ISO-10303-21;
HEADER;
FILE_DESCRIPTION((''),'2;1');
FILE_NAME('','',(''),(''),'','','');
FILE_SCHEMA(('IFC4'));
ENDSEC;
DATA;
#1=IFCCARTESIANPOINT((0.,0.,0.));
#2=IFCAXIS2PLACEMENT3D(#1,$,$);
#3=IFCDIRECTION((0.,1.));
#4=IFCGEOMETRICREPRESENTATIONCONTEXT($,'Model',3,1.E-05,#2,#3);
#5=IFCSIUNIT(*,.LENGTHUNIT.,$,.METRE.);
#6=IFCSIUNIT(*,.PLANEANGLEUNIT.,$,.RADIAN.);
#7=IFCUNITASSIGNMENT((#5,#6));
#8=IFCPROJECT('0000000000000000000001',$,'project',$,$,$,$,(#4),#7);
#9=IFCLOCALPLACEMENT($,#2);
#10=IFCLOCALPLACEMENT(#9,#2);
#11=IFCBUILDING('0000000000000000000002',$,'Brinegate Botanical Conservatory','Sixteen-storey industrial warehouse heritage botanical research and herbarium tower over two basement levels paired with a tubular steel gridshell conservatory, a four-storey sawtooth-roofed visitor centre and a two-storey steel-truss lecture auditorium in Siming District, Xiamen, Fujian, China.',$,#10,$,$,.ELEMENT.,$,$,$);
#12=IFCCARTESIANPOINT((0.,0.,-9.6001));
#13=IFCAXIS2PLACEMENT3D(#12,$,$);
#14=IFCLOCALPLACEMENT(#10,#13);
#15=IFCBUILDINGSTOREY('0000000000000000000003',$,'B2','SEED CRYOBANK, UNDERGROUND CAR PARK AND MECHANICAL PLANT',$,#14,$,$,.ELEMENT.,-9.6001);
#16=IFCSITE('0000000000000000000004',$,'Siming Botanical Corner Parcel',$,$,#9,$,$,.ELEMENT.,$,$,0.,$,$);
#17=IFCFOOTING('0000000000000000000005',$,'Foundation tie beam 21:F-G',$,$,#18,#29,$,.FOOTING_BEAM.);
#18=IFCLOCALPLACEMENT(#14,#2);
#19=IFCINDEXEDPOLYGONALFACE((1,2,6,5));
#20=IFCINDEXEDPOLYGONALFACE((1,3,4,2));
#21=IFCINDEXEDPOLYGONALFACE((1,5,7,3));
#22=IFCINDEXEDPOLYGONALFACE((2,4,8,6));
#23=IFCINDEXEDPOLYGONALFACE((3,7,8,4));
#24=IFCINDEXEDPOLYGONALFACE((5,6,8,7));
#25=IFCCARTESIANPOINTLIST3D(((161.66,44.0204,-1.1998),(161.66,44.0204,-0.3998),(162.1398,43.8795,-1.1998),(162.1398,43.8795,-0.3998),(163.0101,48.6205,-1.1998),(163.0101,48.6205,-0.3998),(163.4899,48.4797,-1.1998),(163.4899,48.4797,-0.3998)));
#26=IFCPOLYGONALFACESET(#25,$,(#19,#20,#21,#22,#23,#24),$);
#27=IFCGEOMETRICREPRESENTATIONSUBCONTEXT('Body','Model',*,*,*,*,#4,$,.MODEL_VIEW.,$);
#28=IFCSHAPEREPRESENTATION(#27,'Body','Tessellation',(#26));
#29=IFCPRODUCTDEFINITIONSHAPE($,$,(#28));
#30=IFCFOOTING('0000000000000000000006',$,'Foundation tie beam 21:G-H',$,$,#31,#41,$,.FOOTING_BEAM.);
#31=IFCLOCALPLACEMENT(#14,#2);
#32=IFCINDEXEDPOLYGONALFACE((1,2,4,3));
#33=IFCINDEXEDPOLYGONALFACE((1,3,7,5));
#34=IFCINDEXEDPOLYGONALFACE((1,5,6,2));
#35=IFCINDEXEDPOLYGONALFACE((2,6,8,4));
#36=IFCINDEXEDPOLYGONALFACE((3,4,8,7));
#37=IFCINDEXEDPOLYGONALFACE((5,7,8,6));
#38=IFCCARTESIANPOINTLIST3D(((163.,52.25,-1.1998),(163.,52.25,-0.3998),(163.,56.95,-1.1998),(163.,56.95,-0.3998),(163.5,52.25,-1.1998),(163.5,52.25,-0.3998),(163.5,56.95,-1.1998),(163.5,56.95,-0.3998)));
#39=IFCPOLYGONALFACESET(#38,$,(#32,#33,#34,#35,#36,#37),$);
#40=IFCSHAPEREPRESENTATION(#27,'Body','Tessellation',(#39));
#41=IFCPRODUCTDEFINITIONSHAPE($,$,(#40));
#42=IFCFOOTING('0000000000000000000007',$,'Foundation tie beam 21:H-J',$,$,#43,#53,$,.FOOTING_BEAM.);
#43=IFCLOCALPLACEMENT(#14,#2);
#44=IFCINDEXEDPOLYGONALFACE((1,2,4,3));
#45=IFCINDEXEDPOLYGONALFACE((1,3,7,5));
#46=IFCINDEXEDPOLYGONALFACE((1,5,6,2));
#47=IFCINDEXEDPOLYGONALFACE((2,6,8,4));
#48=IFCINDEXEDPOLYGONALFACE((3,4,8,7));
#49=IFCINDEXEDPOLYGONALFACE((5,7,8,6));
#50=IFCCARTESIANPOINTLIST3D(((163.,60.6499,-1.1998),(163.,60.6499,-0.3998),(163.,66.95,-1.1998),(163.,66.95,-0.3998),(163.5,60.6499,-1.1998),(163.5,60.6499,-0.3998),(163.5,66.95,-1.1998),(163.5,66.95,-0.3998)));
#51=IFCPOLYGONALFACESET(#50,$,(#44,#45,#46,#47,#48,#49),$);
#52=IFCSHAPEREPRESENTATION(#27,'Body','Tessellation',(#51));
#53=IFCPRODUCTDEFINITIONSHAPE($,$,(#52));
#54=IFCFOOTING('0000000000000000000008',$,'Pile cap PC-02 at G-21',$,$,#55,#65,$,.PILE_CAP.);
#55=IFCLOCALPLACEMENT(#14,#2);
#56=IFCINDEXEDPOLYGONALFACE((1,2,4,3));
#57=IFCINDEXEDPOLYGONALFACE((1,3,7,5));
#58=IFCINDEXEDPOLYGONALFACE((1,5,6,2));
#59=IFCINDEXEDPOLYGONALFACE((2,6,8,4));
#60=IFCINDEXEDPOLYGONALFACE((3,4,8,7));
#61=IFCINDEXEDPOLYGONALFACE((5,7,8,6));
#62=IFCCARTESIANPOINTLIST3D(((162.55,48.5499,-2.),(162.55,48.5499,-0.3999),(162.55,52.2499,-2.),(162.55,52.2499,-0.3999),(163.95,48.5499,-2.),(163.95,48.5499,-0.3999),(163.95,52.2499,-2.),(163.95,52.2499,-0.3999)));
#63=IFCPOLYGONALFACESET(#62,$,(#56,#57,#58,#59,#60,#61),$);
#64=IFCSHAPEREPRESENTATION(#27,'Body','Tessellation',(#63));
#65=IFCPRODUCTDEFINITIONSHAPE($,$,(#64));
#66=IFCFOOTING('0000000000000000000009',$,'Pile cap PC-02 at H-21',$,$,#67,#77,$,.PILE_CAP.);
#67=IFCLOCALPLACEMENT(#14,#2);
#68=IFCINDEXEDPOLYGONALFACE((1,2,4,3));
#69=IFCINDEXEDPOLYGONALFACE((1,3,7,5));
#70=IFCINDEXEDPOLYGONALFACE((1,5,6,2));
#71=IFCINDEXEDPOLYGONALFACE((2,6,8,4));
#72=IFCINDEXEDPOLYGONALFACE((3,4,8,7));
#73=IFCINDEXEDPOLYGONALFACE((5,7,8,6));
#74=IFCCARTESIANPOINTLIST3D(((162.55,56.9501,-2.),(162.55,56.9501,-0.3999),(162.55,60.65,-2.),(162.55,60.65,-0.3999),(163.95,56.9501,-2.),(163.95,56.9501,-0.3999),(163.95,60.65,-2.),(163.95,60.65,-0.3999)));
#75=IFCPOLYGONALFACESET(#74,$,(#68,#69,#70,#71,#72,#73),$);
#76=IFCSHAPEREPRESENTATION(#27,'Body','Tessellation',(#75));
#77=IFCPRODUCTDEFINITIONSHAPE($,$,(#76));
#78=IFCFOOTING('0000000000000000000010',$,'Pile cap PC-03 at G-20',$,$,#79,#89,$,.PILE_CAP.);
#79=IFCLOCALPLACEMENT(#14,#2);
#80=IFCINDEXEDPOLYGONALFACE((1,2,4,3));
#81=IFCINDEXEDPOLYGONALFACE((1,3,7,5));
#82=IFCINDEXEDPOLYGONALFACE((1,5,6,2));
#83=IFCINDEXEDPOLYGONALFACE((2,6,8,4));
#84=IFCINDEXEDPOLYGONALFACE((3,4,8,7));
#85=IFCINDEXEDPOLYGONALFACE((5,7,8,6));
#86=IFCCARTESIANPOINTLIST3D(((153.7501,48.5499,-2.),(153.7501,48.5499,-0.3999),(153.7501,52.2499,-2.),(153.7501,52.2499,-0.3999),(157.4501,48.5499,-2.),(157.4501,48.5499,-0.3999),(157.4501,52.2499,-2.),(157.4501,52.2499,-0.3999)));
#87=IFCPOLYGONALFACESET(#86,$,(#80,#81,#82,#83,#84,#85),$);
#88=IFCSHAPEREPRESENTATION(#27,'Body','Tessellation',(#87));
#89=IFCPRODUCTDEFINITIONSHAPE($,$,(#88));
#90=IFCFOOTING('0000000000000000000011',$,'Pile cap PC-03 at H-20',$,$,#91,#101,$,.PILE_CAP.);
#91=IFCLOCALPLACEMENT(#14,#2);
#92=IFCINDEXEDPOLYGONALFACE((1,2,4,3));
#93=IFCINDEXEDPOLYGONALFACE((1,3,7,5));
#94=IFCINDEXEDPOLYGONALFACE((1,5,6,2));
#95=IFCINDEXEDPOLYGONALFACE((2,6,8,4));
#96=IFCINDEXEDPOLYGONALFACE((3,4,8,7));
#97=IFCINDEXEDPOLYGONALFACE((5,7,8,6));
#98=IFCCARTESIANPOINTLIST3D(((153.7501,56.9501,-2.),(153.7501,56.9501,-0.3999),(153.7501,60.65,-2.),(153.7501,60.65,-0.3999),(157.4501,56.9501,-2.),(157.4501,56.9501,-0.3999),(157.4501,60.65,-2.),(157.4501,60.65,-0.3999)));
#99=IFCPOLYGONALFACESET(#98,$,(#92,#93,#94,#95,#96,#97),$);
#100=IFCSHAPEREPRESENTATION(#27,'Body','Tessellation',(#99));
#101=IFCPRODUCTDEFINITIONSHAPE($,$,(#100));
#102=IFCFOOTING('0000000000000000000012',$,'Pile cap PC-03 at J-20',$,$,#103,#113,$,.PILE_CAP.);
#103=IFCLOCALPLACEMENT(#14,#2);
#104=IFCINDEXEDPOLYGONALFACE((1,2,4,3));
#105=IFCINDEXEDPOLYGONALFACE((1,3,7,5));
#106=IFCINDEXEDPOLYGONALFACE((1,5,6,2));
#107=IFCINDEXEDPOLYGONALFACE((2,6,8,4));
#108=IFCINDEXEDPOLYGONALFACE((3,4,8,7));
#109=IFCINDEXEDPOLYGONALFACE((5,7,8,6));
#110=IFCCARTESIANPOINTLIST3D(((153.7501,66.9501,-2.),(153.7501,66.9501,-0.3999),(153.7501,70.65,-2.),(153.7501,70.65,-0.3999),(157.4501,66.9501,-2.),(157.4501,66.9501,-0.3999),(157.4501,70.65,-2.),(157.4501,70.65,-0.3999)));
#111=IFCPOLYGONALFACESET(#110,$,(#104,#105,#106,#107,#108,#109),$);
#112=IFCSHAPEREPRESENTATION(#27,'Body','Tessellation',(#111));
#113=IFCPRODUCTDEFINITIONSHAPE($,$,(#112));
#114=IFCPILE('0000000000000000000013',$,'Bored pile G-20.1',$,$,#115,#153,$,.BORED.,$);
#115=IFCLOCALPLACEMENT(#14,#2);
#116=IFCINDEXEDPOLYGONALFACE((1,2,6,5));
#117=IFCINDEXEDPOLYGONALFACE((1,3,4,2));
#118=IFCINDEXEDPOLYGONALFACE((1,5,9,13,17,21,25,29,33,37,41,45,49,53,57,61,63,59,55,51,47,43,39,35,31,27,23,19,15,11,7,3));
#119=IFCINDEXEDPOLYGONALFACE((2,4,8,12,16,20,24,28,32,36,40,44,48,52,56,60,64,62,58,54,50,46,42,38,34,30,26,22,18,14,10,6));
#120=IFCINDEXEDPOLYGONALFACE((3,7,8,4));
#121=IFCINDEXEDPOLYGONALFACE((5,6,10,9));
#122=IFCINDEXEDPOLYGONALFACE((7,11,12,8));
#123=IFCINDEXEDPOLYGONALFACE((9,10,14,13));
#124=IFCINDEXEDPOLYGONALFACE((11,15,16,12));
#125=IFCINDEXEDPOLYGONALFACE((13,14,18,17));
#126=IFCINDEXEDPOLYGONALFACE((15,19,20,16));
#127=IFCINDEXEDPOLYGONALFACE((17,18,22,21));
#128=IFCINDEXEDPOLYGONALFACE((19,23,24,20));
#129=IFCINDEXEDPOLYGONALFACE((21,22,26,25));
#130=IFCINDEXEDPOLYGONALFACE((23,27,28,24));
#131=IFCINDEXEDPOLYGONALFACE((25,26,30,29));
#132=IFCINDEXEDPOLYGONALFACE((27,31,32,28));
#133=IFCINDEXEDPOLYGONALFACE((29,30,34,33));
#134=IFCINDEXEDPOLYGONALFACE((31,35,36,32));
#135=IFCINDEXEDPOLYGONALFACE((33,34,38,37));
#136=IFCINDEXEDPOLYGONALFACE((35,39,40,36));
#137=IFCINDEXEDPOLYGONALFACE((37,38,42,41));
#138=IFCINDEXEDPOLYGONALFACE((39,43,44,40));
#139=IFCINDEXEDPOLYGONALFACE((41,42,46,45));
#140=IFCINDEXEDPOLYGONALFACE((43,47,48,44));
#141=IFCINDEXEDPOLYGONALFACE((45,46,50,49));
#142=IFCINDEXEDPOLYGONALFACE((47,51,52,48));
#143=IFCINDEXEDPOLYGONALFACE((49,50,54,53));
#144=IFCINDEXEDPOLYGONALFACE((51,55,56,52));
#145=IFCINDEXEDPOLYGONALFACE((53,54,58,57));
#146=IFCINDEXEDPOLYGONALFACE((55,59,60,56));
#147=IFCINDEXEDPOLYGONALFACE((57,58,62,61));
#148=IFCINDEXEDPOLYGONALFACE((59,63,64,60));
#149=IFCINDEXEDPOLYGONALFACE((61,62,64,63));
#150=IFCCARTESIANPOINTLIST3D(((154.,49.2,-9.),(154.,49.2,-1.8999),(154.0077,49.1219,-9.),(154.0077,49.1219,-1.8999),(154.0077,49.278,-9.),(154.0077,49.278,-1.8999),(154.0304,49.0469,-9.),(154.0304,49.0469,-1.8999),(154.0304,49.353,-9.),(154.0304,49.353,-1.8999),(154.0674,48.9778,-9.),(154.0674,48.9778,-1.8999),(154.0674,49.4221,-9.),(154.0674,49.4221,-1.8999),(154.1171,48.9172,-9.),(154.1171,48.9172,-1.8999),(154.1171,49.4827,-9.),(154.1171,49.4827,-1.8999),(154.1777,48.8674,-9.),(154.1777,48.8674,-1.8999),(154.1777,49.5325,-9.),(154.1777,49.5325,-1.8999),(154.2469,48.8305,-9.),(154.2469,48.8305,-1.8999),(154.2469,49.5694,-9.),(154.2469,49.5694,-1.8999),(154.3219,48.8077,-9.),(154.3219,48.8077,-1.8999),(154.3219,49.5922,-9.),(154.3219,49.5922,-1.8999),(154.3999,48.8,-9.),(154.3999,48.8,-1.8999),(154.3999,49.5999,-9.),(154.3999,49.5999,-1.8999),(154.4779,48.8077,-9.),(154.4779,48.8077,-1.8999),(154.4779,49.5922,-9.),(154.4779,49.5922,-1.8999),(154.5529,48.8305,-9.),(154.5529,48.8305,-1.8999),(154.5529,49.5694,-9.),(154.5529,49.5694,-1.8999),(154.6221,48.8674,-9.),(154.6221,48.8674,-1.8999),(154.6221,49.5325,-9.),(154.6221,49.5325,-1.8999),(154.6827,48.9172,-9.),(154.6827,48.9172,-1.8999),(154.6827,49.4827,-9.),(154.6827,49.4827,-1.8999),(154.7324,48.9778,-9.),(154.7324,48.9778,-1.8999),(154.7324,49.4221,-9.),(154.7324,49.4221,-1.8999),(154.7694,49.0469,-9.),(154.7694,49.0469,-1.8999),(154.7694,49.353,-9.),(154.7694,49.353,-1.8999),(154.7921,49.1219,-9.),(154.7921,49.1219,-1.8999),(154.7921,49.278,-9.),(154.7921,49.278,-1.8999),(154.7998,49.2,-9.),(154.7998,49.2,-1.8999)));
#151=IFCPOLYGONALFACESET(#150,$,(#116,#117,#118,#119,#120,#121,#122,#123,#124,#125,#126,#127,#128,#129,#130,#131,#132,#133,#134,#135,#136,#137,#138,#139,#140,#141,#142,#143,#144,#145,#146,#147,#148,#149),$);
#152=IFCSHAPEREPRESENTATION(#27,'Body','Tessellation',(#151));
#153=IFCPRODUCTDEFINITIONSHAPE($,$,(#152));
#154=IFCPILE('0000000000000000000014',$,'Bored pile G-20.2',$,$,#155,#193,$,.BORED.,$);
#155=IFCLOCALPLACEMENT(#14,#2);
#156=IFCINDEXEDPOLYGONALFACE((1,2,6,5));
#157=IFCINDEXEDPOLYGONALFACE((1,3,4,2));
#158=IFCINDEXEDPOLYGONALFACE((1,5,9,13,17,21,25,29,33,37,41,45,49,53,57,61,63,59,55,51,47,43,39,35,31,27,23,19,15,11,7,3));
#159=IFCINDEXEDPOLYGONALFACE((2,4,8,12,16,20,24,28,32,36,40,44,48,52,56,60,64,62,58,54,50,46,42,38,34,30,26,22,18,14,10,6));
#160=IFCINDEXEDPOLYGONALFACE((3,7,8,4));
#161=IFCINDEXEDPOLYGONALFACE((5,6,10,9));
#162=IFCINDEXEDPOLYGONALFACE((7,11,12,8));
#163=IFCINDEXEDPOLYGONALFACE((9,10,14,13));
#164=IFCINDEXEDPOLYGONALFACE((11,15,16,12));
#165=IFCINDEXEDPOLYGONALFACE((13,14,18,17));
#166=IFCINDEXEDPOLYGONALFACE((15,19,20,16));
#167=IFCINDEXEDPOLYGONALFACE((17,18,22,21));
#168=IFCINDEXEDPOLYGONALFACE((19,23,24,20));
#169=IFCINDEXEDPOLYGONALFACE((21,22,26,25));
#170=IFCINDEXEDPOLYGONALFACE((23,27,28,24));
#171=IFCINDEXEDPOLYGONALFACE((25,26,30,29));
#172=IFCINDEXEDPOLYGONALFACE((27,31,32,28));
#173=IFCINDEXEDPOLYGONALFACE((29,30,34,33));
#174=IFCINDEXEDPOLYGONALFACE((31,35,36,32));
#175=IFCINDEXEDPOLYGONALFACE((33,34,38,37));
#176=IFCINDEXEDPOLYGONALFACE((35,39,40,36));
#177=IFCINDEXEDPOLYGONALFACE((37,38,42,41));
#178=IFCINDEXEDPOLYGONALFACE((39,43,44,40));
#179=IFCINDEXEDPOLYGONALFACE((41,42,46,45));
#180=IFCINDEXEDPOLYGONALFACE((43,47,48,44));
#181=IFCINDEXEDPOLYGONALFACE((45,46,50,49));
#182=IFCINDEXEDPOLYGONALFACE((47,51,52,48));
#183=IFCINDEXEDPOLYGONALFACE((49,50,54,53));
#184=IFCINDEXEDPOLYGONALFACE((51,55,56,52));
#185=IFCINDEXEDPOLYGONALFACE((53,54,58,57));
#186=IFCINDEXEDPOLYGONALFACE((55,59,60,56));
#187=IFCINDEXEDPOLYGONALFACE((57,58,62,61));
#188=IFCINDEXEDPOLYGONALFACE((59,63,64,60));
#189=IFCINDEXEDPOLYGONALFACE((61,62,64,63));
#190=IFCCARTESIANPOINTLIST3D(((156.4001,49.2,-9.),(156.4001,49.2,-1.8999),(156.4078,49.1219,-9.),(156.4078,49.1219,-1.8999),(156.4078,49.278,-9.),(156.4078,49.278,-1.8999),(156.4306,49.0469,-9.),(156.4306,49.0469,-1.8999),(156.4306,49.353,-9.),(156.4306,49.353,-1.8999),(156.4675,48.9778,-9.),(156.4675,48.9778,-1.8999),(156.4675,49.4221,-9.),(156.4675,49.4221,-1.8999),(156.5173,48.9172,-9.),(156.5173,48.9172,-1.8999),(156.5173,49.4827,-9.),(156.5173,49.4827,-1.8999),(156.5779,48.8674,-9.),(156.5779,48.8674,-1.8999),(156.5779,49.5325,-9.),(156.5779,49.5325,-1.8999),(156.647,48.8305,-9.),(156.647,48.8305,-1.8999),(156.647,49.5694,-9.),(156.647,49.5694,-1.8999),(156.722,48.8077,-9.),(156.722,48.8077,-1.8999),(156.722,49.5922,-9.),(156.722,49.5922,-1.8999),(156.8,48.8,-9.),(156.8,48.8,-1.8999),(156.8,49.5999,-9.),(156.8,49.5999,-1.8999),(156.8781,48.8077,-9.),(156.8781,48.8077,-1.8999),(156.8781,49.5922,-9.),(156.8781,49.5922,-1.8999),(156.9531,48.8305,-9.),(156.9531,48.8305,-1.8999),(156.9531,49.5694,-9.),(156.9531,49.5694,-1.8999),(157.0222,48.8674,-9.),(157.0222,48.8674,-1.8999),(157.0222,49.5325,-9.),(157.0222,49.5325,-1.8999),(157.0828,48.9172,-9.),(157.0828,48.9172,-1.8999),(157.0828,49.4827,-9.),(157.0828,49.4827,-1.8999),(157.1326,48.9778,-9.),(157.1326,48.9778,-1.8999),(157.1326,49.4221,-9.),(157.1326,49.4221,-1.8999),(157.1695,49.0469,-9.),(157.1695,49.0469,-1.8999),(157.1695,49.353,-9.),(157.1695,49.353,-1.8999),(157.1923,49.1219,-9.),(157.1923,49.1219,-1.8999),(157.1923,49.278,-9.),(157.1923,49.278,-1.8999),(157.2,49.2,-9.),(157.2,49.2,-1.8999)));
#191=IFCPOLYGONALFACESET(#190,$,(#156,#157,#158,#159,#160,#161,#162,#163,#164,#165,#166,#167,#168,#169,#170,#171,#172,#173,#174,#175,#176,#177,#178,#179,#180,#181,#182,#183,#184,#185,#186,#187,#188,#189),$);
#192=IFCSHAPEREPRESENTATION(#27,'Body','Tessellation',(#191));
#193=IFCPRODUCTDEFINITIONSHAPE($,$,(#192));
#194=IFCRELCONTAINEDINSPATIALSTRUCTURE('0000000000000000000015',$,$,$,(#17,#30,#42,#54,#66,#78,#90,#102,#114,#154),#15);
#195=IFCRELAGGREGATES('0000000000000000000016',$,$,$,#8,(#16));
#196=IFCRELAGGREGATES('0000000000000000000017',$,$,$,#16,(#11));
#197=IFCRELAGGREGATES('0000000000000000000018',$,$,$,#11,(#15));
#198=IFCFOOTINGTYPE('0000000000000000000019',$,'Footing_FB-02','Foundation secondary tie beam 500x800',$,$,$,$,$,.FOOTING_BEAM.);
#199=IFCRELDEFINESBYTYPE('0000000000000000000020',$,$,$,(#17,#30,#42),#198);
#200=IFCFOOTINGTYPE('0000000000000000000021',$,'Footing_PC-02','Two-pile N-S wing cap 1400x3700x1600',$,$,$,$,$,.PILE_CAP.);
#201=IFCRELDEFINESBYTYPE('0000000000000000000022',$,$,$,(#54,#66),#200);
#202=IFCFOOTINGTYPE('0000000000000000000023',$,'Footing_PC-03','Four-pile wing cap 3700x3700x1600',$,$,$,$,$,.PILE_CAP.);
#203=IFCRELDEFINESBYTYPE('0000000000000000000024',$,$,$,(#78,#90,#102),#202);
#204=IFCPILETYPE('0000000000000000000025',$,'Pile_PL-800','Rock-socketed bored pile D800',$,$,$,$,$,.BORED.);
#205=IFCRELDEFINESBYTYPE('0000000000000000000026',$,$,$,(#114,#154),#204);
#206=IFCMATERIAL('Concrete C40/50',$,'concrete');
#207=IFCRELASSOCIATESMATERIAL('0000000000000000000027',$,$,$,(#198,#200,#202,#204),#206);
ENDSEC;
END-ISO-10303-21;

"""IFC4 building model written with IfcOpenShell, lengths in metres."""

from ifc_helpers import new_model, si_unit, direction, frame, origin, origin_2d, place, context, subcontext, project, spatial, rectangle, circle, extrude, material, material_profile, profile_set, type_object, element, save


model = new_model("IFC4")

# Units and contexts
model_context = context("Model", 3, precision=1e-05, world=origin(), true_north=direction((0.0, 1.0)))
body_context = subcontext(model_context, "Body", "Model", "MODEL_VIEW")
ifc_project = project(units=[si_unit("LENGTHUNIT", "METRE"), si_unit("PLANEANGLEUNIT", "RADIAN")], contexts=[model_context])

# Site, building, storey
site_placement = place(None, origin())
site = spatial("IfcSite", under=ifc_project, at=site_placement, Name="Siming Botanical Corner Parcel", CompositionType="ELEMENT", RefElevation=0.0)
building_placement = place(site_placement, origin())
building = spatial("IfcBuilding", under=site, at=building_placement, Name="Brinegate Botanical Conservatory", Description="Sixteen-storey industrial warehouse heritage botanical research and herbarium tower over two basement levels paired with a tubular steel gridshell conservatory, a four-storey sawtooth-roofed visitor centre and a two-storey steel-truss lecture auditorium in Siming District, Xiamen, Fujian, China.", CompositionType="ELEMENT")
storey_placement = place(building_placement, frame((0.0, 0.0, -9.6001)))
storey = spatial("IfcBuildingStorey", under=building, at=storey_placement, Name="B2", Description="SEED CRYOBANK, UNDERGROUND CAR PARK AND MECHANICAL PLANT", CompositionType="ELEMENT", Elevation=-9.6001)

# Footings
ifc_material = material(Name="Concrete C40/50", Category="concrete")
ifc_material_profile_1 = material_profile(ifc_material, rectangle(XDim=0.5, YDim=0.8, at=origin_2d()), Name="RC GB 500x800")
ifc_profile_set_1 = profile_set([ifc_material_profile_1], Name="Concrete C40/50")
footing_type_1 = type_object("IfcFootingType", Name="Footing_FB-02", Description="Foundation secondary tie beam 500x800", PredefinedType="FOOTING_BEAM", material=ifc_profile_set_1)
footing_1_placement = place(storey_placement, frame((161.8999, 43.95, -0.7998), z_axis=(0.281615, 0.959528, 0.0), x_axis=(-0.959528, 0.281615, 0.0)))
element("IfcFooting", 1, at=footing_1_placement, inside=storey, type_object=footing_type_1, Name="Foundation tie beam 21:F-G", PredefinedType="FOOTING_BEAM", context=body_context, shape_type="SweptSolid", body=[
    extrude(rectangle(XDim=0.5, YDim=0.8, at=origin_2d()), origin(), (0.0, 0.0, 1.0), 4.7942),
])
footing_2_placement = place(storey_placement, frame((163.25, 52.25, -0.7998), z_axis=(0.0, 1.0, 0.0), x_axis=(-1.0, 0.0, 0.0)))
element("IfcFooting", 2, at=footing_2_placement, inside=storey, type_object=footing_type_1, Name="Foundation tie beam 21:G-H", PredefinedType="FOOTING_BEAM", context=body_context, shape_type="SweptSolid", body=[
    extrude(rectangle(XDim=0.5, YDim=0.8, at=origin_2d()), origin(), (0.0, 0.0, 1.0), 4.7),
])
footing_3_placement = place(storey_placement, frame((163.25, 60.6499, -0.7998), z_axis=(0.0, 1.0, 0.0), x_axis=(-1.0, 0.0, 0.0)))
element("IfcFooting", 3, at=footing_3_placement, inside=storey, type_object=footing_type_1, Name="Foundation tie beam 21:H-J", PredefinedType="FOOTING_BEAM", context=body_context, shape_type="SweptSolid", body=[
    extrude(rectangle(XDim=0.5, YDim=0.8, at=origin_2d()), origin(), (0.0, 0.0, 1.0), 6.3),
])
footing_type_2 = type_object("IfcFootingType", Name="Footing_PC-02", Description="Two-pile N-S wing cap 1400x3700x1600", PredefinedType="PILE_CAP", material=ifc_material)
for number, where, z_axis, x_axis, name in (
    (4, (163.25, 50.3999, -2.0), (0.0, 0.0, 1.0), (1.0, 0.0, 0.0), "Pile cap PC-02 at G-21"),
    (5, (163.25, 58.8, -2.0), (0.0, 0.0, 1.0), (1.0, 0.0, 0.0), "Pile cap PC-02 at H-21"),
):
    element("IfcFooting", number, at=place(storey_placement, frame(where, z_axis=z_axis, x_axis=x_axis)), inside=storey, type_object=footing_type_2, Name=name, PredefinedType="PILE_CAP", context=body_context, shape_type="SweptSolid", body=[
        extrude(rectangle(XDim=1.3999, YDim=3.7, at=origin_2d()), origin(), (0.0, 0.0, 1.0), 1.6001),
    ])
footing_type_3 = type_object("IfcFootingType", Name="Footing_PC-03", Description="Four-pile wing cap 3700x3700x1600", PredefinedType="PILE_CAP", material=ifc_material)
for number, where, z_axis, x_axis, name in (
    (6, (155.6001, 50.3999, -2.0), (0.0, 0.0, 1.0), (1.0, 0.0, 0.0), "Pile cap PC-03 at G-20"),
    (7, (155.6001, 58.8, -2.0), (0.0, 0.0, 1.0), (1.0, 0.0, 0.0), "Pile cap PC-03 at H-20"),
    (8, (155.6001, 68.8, -2.0), (0.0, 0.0, 1.0), (1.0, 0.0, 0.0), "Pile cap PC-03 at J-20"),
):
    element("IfcFooting", number, at=place(storey_placement, frame(where, z_axis=z_axis, x_axis=x_axis)), inside=storey, type_object=footing_type_3, Name=name, PredefinedType="PILE_CAP", context=body_context, shape_type="SweptSolid", body=[
        extrude(rectangle(XDim=3.7, YDim=3.7, at=origin_2d()), origin(), (0.0, 0.0, 1.0), 1.6001),
    ])

# Piles
ifc_material_profile_2 = material_profile(ifc_material, circle(Radius=0.3999, at=origin_2d()), Name="PILE D800")
ifc_profile_set_2 = profile_set([ifc_material_profile_2], Name="Concrete C40/50")
pile_type = type_object("IfcPileType", Name="Pile_PL-800", Description="Rock-socketed bored pile D800", PredefinedType="BORED", material=ifc_profile_set_2)
for number, where, z_axis, x_axis, name in (
    (9, (154.3999, 49.2, -1.8999), (0.0, 0.0, -1.0), (1.0, 0.0, 0.0), "Bored pile G-20.1"),
    (10, (156.8, 49.2, -1.8999), (0.0, 0.0, -1.0), (1.0, 0.0, 0.0), "Bored pile G-20.2"),
):
    element("IfcPile", number, at=place(storey_placement, frame(where, z_axis=z_axis, x_axis=x_axis)), inside=storey, type_object=pile_type, Name=name, PredefinedType="BORED", context=body_context, shape_type="SweptSolid", body=[
        extrude(circle(Radius=0.3999, at=origin_2d()), origin(), (0.0, 0.0, 1.0), 7.1001),
    ])

save(model, "model.ifc")
